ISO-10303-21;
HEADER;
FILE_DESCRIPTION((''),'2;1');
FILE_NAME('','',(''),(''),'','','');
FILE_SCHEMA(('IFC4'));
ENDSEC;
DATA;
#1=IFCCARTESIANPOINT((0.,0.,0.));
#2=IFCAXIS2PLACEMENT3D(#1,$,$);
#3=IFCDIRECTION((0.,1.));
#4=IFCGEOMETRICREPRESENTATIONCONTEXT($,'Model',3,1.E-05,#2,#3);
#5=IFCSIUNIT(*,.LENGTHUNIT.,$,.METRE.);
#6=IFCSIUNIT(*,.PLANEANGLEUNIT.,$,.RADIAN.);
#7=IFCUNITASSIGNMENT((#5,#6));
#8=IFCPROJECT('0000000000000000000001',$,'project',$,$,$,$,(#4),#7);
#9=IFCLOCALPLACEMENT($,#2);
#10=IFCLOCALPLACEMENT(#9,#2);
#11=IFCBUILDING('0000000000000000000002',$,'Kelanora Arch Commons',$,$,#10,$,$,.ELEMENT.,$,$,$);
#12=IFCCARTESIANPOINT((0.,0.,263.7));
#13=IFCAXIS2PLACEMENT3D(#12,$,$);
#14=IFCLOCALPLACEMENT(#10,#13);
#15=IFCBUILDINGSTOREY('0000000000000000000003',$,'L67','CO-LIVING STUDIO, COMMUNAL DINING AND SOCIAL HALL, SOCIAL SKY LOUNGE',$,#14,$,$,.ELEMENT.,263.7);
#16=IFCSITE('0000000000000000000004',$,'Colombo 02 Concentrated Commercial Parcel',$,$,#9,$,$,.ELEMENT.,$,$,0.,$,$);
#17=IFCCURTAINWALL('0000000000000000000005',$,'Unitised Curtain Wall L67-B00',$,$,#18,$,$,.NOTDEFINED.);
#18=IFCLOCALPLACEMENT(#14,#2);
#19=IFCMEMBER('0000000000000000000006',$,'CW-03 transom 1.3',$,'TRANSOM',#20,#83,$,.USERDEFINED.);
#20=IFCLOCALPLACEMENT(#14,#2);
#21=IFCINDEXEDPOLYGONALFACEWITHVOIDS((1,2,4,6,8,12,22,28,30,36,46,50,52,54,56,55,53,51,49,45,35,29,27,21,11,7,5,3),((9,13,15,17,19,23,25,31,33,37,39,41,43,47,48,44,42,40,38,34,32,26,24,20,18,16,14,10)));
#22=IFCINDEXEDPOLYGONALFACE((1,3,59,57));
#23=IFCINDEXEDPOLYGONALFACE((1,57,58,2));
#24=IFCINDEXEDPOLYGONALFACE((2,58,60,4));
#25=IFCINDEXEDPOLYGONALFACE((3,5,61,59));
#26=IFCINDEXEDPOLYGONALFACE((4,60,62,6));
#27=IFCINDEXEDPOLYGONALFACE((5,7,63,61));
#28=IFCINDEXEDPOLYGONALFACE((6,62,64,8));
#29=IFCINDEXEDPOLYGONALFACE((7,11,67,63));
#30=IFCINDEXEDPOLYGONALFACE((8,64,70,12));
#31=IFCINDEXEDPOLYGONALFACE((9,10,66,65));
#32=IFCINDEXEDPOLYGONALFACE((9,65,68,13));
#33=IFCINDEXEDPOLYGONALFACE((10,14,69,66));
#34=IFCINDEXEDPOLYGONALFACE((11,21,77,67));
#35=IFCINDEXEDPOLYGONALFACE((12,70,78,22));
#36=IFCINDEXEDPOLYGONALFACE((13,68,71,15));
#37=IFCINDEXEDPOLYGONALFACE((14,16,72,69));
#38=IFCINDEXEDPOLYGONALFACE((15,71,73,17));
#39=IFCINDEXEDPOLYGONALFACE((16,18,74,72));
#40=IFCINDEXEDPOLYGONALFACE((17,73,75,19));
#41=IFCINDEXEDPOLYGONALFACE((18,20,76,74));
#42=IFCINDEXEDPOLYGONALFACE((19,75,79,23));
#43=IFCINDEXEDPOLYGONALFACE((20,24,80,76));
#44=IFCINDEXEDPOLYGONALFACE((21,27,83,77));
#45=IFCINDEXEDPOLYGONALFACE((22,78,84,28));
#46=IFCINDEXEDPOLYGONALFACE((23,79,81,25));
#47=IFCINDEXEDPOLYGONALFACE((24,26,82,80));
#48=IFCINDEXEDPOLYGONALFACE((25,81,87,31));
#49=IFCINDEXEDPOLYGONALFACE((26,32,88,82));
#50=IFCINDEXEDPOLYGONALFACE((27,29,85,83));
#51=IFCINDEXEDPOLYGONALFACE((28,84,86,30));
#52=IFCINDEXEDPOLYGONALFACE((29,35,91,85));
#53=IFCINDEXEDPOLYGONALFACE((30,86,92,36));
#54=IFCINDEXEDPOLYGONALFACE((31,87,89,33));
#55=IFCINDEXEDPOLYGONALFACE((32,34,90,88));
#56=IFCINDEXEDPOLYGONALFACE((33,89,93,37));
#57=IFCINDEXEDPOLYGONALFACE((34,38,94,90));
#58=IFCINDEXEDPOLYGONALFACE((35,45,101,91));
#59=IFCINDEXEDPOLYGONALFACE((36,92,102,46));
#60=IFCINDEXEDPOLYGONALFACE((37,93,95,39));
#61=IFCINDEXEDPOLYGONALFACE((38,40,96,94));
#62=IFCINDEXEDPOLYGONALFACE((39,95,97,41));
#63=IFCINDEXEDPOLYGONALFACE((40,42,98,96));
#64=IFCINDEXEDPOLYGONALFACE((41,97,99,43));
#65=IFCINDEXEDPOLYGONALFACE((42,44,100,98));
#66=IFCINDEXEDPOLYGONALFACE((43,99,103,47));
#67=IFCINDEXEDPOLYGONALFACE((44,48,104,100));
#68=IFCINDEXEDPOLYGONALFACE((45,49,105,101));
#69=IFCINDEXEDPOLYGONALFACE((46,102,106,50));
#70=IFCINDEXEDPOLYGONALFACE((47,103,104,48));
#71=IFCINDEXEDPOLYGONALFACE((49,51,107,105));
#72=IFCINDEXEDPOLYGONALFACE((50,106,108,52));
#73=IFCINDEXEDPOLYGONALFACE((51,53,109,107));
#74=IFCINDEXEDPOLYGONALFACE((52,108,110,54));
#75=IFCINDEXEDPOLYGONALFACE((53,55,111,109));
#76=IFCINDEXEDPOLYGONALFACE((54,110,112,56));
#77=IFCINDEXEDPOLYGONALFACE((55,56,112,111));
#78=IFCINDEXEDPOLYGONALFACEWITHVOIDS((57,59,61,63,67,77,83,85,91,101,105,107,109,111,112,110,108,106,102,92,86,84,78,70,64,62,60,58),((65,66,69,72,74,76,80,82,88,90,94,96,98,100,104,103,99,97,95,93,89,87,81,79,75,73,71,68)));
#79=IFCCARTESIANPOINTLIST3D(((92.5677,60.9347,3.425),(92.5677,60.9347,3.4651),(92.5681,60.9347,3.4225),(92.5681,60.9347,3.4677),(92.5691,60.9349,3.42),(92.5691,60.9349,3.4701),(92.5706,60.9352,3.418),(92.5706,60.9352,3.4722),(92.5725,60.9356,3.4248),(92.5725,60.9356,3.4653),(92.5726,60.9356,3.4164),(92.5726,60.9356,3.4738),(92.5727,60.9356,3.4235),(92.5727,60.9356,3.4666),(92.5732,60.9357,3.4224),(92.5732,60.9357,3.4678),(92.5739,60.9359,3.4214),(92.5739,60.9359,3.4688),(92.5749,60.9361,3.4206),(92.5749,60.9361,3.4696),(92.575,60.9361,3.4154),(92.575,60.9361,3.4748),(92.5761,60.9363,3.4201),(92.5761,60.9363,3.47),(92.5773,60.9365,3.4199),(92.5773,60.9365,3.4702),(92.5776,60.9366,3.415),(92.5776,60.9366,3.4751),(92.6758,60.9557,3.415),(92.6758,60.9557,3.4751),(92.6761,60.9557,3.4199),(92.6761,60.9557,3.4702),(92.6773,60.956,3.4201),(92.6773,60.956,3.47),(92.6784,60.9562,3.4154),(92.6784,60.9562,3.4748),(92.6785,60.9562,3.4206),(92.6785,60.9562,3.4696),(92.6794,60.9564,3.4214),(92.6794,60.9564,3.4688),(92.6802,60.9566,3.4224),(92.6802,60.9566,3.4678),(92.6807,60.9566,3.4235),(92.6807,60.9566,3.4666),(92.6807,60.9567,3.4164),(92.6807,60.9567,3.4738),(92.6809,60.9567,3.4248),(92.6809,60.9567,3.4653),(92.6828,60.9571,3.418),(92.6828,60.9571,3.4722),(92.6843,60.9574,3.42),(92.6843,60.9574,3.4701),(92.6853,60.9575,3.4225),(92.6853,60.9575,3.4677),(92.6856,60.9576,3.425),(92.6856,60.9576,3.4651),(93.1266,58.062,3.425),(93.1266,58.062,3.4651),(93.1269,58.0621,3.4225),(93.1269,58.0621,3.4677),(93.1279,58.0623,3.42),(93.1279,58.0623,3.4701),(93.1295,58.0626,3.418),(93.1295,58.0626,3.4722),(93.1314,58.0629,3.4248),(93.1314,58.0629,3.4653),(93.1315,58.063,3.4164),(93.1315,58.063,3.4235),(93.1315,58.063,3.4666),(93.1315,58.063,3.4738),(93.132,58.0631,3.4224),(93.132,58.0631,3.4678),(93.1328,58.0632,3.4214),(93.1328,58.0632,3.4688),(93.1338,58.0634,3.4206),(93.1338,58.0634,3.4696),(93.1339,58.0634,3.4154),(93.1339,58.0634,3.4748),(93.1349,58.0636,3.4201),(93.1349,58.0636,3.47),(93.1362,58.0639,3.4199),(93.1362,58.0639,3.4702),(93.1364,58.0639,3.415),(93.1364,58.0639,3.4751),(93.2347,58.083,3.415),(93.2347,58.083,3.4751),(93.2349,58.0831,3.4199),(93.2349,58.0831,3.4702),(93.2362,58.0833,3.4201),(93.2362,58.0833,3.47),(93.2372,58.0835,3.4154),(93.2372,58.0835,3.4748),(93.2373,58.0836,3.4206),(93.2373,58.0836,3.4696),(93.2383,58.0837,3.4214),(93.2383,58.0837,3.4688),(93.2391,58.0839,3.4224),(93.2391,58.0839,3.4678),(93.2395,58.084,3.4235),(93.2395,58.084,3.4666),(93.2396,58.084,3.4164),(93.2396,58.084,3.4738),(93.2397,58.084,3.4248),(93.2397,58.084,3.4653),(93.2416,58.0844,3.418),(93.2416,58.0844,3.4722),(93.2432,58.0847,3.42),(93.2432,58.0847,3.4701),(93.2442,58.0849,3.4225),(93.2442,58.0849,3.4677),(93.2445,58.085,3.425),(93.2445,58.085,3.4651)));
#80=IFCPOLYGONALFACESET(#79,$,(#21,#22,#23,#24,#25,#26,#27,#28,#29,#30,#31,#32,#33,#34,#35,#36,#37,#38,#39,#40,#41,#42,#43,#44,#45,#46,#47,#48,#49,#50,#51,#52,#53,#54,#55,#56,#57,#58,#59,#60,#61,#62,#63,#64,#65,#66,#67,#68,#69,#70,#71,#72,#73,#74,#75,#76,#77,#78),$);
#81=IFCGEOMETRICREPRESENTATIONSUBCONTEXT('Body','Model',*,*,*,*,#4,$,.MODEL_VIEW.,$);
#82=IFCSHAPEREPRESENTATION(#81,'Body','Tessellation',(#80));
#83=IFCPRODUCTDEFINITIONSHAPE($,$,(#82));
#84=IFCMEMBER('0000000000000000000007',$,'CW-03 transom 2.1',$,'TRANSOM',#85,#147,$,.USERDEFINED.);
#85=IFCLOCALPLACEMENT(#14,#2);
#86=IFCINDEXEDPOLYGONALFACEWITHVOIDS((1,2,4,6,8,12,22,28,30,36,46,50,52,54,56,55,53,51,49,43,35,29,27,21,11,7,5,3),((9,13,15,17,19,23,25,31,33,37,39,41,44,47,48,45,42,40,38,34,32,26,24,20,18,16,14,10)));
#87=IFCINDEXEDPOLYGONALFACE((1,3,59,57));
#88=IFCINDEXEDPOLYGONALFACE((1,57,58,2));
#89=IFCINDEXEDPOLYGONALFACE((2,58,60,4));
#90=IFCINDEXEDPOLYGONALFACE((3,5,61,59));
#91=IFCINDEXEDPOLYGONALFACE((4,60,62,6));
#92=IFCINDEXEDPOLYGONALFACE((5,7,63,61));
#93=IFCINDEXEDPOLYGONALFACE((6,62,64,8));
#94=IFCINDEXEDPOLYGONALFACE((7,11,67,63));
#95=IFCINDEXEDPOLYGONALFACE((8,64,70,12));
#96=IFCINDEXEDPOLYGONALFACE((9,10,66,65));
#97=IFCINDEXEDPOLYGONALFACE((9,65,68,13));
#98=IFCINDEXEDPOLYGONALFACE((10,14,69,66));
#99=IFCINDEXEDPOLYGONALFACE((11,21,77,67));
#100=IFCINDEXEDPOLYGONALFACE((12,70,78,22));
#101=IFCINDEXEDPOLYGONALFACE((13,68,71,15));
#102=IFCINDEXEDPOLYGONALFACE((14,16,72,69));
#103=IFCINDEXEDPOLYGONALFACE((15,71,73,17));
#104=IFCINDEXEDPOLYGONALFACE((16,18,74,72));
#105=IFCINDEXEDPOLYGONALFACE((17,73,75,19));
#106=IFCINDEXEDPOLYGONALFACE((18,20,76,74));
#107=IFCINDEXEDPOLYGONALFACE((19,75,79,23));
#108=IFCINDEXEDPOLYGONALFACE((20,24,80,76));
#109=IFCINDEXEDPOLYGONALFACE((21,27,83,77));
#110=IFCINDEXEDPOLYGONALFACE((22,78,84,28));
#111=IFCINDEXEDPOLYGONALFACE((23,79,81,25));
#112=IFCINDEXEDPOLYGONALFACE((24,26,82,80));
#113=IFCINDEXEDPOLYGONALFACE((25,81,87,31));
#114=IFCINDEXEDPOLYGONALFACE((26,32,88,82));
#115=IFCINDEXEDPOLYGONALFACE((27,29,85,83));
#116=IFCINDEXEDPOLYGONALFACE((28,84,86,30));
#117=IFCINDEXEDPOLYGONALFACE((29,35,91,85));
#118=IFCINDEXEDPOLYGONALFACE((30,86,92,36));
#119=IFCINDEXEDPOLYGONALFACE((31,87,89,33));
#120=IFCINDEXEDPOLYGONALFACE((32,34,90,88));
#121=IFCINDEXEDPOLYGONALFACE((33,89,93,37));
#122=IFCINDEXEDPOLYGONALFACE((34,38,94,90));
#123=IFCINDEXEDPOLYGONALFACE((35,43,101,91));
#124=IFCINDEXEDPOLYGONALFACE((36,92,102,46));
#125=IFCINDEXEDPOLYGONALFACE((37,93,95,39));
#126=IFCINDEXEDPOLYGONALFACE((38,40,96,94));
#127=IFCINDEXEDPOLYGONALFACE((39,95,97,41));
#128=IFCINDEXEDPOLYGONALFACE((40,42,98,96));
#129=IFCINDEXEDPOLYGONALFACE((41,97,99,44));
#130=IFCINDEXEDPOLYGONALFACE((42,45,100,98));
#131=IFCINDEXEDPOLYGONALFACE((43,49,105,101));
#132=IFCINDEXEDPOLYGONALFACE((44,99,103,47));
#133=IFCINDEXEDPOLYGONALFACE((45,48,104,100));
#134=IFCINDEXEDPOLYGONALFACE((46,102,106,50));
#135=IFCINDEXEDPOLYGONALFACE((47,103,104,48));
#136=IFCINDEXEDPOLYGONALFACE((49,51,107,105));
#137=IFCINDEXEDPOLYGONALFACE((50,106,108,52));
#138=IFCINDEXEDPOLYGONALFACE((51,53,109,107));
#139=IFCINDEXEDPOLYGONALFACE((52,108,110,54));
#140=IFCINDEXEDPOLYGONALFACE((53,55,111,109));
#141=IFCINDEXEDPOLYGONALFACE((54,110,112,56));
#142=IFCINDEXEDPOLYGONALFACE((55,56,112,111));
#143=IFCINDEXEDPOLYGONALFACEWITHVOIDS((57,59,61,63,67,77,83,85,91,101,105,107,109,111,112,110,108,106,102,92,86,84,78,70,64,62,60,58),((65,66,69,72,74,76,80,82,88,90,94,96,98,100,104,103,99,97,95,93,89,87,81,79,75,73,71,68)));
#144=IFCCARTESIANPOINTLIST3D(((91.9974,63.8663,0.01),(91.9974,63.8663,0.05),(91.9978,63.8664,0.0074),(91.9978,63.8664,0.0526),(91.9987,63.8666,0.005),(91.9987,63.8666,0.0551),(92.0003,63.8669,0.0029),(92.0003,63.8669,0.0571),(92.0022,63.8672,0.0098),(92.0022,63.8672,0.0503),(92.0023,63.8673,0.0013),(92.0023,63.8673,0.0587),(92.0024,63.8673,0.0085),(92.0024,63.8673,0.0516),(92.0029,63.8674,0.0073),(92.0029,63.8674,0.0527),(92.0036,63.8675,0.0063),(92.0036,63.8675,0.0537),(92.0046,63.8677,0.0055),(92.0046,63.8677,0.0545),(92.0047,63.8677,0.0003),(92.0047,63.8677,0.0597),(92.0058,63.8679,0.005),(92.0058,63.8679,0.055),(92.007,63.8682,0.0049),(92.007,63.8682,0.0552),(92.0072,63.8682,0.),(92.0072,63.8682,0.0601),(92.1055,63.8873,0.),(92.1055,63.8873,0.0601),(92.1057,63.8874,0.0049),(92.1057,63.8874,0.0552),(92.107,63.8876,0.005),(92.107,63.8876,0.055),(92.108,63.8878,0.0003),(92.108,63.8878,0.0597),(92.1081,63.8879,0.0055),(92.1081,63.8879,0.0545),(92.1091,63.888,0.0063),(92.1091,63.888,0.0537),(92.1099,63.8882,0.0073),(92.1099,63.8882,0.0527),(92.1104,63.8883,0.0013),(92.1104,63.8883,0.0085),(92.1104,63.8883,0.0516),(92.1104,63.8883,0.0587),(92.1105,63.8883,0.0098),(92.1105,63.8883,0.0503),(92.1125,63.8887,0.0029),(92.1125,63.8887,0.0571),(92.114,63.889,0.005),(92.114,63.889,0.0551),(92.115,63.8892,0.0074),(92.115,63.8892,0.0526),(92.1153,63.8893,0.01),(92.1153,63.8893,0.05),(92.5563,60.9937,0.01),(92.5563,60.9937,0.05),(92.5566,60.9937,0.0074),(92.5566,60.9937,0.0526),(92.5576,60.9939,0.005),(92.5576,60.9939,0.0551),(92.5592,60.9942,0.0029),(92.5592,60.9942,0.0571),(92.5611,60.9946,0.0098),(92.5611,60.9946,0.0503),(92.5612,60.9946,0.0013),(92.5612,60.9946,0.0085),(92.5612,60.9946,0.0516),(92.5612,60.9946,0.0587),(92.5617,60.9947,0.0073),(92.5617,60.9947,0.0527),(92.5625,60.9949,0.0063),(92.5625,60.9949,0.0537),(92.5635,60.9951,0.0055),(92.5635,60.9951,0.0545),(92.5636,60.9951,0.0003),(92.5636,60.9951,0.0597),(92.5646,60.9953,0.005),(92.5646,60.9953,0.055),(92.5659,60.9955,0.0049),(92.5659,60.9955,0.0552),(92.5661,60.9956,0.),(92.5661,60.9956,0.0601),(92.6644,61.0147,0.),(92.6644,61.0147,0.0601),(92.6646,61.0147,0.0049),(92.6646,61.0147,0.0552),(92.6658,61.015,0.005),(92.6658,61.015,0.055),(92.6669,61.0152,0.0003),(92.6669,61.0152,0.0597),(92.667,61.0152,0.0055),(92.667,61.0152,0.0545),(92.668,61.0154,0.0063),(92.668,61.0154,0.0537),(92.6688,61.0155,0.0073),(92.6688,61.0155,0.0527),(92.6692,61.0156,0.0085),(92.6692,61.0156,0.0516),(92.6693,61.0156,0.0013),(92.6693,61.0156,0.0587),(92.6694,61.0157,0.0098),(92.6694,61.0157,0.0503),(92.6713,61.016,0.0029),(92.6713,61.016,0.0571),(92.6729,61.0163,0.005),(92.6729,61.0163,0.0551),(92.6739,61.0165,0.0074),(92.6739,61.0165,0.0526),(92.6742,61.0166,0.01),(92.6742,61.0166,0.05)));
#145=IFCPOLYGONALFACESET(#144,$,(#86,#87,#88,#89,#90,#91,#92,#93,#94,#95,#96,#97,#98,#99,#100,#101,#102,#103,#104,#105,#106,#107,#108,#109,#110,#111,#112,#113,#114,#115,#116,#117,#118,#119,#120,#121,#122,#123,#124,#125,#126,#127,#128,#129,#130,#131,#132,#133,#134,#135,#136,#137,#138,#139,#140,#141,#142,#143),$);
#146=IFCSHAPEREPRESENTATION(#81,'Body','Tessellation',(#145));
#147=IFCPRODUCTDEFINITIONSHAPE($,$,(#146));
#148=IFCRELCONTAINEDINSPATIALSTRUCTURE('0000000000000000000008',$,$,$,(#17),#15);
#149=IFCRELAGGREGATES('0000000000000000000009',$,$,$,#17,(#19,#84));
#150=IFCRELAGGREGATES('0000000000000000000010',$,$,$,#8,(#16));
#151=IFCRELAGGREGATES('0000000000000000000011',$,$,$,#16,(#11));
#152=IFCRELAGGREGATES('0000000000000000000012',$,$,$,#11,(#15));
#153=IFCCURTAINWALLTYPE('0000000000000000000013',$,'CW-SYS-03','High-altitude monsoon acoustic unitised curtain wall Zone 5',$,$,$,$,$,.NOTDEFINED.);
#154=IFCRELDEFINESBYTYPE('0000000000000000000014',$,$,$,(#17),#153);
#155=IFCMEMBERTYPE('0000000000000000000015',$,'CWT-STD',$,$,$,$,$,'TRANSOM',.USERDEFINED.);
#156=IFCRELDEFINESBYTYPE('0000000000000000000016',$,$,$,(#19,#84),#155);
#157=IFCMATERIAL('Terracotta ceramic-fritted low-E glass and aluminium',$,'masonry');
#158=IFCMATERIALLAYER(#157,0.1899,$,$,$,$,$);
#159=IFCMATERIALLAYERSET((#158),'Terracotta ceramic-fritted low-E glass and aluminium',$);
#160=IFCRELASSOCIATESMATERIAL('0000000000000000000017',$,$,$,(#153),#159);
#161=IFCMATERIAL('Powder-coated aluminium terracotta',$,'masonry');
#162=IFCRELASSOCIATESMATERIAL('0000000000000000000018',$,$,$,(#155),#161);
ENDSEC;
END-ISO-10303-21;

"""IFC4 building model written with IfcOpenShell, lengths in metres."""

from ifc_helpers import new_model, si_unit, direction, frame, origin, origin_2d, place, context, subcontext, project, spatial, hollow_rectangle, extrude, material, layer, layer_set, material_profile, profile_set, type_object, element, aggregate, save


model = new_model("IFC4")

# Units and contexts
model_context = context("Model", 3, precision=1e-05, world=origin(), true_north=direction((0.0, 1.0)))
body_context = subcontext(model_context, "Body", "Model", "MODEL_VIEW")
ifc_project = project(units=[si_unit("LENGTHUNIT", "METRE"), si_unit("PLANEANGLEUNIT", "RADIAN")], contexts=[model_context])

# Site, building, storey
site_placement = place(None, origin())
site = spatial("IfcSite", under=ifc_project, at=site_placement, Name="Colombo 02 Concentrated Commercial Parcel", CompositionType="ELEMENT", RefElevation=0.0)
building_placement = place(site_placement, origin())
building = spatial("IfcBuilding", under=site, at=building_placement, Name="Kelanora Arch Commons", CompositionType="ELEMENT")
storey_placement = place(building_placement, frame((0.0, 0.0, 263.7)))
storey = spatial("IfcBuildingStorey", under=building, at=storey_placement, Name="L67", Description="CO-LIVING STUDIO, COMMUNAL DINING AND SOCIAL HALL, SOCIAL SKY LOUNGE", CompositionType="ELEMENT", Elevation=263.7)

# Curtain wall, members
ifc_material_1 = material(Name="Terracotta ceramic-fritted low-E glass and aluminium", Category="masonry")
ifc_layer_1 = layer(ifc_material_1, 0.1899)
ifc_layer_set_1 = layer_set([ifc_layer_1], Name="Terracotta ceramic-fritted low-E glass and aluminium")
curtain_wall_type = type_object("IfcCurtainWallType", Name="CW-SYS-03", Description="High-altitude monsoon acoustic unitised curtain wall Zone 5", PredefinedType="NOTDEFINED", material=ifc_layer_set_1)
curtain_wall_placement = place(storey_placement, origin())
curtain_wall = element("IfcCurtainWall", 1, at=curtain_wall_placement, inside=storey, type_object=curtain_wall_type, Name="Unitised Curtain Wall L67-B00", PredefinedType="NOTDEFINED")
ifc_material_2 = material(Name="Powder-coated aluminium terracotta", Category="masonry")
ifc_material_profile_1 = material_profile(ifc_material_2, hollow_rectangle(XDim=0.1201, YDim=0.0601, WallThickness=0.0049, InnerFilletRadius=0.0049, OuterFilletRadius=0.01, at=origin_2d()), Name="CWT120x60")
ifc_profile_set_1 = profile_set([ifc_material_profile_1], Name="Powder-coated aluminium terracotta")
member_type_1 = type_object("IfcMemberType", Name="CWT-STD", ElementType="TRANSOM", PredefinedType="USERDEFINED", material=ifc_profile_set_1)
member_1_placement = place(storey_placement, frame((93.1855, 58.0735, 3.4451), z_axis=(-0.190963, 0.981597, 0.0), x_axis=(-0.981597, -0.190963, 0.0)))
member_1 = element("IfcMember", 2, at=member_1_placement, type_object=member_type_1, Name="CW-03 transom 1.3", ObjectType="TRANSOM", PredefinedType="USERDEFINED", context=body_context, shape_type="SweptSolid", body=[
    extrude(hollow_rectangle(XDim=0.1201, YDim=0.0601, WallThickness=0.0049, InnerFilletRadius=0.0049, OuterFilletRadius=0.01, at=origin_2d()), origin(), (0.0, 0.0, 1.0), 2.9265),
])
member_2_placement = place(storey_placement, frame((92.6152, 61.0051, 0.03), z_axis=(-0.190963, 0.981597, 0.0), x_axis=(-0.981597, -0.190963, 0.0)))
member_2 = element("IfcMember", 3, at=member_2_placement, type_object=member_type_1, Name="CW-03 transom 2.1", ObjectType="TRANSOM", PredefinedType="USERDEFINED", context=body_context, shape_type="SweptSolid", body=[
    extrude(hollow_rectangle(XDim=0.1201, YDim=0.0601, WallThickness=0.0049, InnerFilletRadius=0.0049, OuterFilletRadius=0.01, at=origin_2d()), origin(), (0.0, 0.0, 1.0), 2.9265),
])
aggregate(curtain_wall, [member_1, member_2])

save(model, "model.ifc")
